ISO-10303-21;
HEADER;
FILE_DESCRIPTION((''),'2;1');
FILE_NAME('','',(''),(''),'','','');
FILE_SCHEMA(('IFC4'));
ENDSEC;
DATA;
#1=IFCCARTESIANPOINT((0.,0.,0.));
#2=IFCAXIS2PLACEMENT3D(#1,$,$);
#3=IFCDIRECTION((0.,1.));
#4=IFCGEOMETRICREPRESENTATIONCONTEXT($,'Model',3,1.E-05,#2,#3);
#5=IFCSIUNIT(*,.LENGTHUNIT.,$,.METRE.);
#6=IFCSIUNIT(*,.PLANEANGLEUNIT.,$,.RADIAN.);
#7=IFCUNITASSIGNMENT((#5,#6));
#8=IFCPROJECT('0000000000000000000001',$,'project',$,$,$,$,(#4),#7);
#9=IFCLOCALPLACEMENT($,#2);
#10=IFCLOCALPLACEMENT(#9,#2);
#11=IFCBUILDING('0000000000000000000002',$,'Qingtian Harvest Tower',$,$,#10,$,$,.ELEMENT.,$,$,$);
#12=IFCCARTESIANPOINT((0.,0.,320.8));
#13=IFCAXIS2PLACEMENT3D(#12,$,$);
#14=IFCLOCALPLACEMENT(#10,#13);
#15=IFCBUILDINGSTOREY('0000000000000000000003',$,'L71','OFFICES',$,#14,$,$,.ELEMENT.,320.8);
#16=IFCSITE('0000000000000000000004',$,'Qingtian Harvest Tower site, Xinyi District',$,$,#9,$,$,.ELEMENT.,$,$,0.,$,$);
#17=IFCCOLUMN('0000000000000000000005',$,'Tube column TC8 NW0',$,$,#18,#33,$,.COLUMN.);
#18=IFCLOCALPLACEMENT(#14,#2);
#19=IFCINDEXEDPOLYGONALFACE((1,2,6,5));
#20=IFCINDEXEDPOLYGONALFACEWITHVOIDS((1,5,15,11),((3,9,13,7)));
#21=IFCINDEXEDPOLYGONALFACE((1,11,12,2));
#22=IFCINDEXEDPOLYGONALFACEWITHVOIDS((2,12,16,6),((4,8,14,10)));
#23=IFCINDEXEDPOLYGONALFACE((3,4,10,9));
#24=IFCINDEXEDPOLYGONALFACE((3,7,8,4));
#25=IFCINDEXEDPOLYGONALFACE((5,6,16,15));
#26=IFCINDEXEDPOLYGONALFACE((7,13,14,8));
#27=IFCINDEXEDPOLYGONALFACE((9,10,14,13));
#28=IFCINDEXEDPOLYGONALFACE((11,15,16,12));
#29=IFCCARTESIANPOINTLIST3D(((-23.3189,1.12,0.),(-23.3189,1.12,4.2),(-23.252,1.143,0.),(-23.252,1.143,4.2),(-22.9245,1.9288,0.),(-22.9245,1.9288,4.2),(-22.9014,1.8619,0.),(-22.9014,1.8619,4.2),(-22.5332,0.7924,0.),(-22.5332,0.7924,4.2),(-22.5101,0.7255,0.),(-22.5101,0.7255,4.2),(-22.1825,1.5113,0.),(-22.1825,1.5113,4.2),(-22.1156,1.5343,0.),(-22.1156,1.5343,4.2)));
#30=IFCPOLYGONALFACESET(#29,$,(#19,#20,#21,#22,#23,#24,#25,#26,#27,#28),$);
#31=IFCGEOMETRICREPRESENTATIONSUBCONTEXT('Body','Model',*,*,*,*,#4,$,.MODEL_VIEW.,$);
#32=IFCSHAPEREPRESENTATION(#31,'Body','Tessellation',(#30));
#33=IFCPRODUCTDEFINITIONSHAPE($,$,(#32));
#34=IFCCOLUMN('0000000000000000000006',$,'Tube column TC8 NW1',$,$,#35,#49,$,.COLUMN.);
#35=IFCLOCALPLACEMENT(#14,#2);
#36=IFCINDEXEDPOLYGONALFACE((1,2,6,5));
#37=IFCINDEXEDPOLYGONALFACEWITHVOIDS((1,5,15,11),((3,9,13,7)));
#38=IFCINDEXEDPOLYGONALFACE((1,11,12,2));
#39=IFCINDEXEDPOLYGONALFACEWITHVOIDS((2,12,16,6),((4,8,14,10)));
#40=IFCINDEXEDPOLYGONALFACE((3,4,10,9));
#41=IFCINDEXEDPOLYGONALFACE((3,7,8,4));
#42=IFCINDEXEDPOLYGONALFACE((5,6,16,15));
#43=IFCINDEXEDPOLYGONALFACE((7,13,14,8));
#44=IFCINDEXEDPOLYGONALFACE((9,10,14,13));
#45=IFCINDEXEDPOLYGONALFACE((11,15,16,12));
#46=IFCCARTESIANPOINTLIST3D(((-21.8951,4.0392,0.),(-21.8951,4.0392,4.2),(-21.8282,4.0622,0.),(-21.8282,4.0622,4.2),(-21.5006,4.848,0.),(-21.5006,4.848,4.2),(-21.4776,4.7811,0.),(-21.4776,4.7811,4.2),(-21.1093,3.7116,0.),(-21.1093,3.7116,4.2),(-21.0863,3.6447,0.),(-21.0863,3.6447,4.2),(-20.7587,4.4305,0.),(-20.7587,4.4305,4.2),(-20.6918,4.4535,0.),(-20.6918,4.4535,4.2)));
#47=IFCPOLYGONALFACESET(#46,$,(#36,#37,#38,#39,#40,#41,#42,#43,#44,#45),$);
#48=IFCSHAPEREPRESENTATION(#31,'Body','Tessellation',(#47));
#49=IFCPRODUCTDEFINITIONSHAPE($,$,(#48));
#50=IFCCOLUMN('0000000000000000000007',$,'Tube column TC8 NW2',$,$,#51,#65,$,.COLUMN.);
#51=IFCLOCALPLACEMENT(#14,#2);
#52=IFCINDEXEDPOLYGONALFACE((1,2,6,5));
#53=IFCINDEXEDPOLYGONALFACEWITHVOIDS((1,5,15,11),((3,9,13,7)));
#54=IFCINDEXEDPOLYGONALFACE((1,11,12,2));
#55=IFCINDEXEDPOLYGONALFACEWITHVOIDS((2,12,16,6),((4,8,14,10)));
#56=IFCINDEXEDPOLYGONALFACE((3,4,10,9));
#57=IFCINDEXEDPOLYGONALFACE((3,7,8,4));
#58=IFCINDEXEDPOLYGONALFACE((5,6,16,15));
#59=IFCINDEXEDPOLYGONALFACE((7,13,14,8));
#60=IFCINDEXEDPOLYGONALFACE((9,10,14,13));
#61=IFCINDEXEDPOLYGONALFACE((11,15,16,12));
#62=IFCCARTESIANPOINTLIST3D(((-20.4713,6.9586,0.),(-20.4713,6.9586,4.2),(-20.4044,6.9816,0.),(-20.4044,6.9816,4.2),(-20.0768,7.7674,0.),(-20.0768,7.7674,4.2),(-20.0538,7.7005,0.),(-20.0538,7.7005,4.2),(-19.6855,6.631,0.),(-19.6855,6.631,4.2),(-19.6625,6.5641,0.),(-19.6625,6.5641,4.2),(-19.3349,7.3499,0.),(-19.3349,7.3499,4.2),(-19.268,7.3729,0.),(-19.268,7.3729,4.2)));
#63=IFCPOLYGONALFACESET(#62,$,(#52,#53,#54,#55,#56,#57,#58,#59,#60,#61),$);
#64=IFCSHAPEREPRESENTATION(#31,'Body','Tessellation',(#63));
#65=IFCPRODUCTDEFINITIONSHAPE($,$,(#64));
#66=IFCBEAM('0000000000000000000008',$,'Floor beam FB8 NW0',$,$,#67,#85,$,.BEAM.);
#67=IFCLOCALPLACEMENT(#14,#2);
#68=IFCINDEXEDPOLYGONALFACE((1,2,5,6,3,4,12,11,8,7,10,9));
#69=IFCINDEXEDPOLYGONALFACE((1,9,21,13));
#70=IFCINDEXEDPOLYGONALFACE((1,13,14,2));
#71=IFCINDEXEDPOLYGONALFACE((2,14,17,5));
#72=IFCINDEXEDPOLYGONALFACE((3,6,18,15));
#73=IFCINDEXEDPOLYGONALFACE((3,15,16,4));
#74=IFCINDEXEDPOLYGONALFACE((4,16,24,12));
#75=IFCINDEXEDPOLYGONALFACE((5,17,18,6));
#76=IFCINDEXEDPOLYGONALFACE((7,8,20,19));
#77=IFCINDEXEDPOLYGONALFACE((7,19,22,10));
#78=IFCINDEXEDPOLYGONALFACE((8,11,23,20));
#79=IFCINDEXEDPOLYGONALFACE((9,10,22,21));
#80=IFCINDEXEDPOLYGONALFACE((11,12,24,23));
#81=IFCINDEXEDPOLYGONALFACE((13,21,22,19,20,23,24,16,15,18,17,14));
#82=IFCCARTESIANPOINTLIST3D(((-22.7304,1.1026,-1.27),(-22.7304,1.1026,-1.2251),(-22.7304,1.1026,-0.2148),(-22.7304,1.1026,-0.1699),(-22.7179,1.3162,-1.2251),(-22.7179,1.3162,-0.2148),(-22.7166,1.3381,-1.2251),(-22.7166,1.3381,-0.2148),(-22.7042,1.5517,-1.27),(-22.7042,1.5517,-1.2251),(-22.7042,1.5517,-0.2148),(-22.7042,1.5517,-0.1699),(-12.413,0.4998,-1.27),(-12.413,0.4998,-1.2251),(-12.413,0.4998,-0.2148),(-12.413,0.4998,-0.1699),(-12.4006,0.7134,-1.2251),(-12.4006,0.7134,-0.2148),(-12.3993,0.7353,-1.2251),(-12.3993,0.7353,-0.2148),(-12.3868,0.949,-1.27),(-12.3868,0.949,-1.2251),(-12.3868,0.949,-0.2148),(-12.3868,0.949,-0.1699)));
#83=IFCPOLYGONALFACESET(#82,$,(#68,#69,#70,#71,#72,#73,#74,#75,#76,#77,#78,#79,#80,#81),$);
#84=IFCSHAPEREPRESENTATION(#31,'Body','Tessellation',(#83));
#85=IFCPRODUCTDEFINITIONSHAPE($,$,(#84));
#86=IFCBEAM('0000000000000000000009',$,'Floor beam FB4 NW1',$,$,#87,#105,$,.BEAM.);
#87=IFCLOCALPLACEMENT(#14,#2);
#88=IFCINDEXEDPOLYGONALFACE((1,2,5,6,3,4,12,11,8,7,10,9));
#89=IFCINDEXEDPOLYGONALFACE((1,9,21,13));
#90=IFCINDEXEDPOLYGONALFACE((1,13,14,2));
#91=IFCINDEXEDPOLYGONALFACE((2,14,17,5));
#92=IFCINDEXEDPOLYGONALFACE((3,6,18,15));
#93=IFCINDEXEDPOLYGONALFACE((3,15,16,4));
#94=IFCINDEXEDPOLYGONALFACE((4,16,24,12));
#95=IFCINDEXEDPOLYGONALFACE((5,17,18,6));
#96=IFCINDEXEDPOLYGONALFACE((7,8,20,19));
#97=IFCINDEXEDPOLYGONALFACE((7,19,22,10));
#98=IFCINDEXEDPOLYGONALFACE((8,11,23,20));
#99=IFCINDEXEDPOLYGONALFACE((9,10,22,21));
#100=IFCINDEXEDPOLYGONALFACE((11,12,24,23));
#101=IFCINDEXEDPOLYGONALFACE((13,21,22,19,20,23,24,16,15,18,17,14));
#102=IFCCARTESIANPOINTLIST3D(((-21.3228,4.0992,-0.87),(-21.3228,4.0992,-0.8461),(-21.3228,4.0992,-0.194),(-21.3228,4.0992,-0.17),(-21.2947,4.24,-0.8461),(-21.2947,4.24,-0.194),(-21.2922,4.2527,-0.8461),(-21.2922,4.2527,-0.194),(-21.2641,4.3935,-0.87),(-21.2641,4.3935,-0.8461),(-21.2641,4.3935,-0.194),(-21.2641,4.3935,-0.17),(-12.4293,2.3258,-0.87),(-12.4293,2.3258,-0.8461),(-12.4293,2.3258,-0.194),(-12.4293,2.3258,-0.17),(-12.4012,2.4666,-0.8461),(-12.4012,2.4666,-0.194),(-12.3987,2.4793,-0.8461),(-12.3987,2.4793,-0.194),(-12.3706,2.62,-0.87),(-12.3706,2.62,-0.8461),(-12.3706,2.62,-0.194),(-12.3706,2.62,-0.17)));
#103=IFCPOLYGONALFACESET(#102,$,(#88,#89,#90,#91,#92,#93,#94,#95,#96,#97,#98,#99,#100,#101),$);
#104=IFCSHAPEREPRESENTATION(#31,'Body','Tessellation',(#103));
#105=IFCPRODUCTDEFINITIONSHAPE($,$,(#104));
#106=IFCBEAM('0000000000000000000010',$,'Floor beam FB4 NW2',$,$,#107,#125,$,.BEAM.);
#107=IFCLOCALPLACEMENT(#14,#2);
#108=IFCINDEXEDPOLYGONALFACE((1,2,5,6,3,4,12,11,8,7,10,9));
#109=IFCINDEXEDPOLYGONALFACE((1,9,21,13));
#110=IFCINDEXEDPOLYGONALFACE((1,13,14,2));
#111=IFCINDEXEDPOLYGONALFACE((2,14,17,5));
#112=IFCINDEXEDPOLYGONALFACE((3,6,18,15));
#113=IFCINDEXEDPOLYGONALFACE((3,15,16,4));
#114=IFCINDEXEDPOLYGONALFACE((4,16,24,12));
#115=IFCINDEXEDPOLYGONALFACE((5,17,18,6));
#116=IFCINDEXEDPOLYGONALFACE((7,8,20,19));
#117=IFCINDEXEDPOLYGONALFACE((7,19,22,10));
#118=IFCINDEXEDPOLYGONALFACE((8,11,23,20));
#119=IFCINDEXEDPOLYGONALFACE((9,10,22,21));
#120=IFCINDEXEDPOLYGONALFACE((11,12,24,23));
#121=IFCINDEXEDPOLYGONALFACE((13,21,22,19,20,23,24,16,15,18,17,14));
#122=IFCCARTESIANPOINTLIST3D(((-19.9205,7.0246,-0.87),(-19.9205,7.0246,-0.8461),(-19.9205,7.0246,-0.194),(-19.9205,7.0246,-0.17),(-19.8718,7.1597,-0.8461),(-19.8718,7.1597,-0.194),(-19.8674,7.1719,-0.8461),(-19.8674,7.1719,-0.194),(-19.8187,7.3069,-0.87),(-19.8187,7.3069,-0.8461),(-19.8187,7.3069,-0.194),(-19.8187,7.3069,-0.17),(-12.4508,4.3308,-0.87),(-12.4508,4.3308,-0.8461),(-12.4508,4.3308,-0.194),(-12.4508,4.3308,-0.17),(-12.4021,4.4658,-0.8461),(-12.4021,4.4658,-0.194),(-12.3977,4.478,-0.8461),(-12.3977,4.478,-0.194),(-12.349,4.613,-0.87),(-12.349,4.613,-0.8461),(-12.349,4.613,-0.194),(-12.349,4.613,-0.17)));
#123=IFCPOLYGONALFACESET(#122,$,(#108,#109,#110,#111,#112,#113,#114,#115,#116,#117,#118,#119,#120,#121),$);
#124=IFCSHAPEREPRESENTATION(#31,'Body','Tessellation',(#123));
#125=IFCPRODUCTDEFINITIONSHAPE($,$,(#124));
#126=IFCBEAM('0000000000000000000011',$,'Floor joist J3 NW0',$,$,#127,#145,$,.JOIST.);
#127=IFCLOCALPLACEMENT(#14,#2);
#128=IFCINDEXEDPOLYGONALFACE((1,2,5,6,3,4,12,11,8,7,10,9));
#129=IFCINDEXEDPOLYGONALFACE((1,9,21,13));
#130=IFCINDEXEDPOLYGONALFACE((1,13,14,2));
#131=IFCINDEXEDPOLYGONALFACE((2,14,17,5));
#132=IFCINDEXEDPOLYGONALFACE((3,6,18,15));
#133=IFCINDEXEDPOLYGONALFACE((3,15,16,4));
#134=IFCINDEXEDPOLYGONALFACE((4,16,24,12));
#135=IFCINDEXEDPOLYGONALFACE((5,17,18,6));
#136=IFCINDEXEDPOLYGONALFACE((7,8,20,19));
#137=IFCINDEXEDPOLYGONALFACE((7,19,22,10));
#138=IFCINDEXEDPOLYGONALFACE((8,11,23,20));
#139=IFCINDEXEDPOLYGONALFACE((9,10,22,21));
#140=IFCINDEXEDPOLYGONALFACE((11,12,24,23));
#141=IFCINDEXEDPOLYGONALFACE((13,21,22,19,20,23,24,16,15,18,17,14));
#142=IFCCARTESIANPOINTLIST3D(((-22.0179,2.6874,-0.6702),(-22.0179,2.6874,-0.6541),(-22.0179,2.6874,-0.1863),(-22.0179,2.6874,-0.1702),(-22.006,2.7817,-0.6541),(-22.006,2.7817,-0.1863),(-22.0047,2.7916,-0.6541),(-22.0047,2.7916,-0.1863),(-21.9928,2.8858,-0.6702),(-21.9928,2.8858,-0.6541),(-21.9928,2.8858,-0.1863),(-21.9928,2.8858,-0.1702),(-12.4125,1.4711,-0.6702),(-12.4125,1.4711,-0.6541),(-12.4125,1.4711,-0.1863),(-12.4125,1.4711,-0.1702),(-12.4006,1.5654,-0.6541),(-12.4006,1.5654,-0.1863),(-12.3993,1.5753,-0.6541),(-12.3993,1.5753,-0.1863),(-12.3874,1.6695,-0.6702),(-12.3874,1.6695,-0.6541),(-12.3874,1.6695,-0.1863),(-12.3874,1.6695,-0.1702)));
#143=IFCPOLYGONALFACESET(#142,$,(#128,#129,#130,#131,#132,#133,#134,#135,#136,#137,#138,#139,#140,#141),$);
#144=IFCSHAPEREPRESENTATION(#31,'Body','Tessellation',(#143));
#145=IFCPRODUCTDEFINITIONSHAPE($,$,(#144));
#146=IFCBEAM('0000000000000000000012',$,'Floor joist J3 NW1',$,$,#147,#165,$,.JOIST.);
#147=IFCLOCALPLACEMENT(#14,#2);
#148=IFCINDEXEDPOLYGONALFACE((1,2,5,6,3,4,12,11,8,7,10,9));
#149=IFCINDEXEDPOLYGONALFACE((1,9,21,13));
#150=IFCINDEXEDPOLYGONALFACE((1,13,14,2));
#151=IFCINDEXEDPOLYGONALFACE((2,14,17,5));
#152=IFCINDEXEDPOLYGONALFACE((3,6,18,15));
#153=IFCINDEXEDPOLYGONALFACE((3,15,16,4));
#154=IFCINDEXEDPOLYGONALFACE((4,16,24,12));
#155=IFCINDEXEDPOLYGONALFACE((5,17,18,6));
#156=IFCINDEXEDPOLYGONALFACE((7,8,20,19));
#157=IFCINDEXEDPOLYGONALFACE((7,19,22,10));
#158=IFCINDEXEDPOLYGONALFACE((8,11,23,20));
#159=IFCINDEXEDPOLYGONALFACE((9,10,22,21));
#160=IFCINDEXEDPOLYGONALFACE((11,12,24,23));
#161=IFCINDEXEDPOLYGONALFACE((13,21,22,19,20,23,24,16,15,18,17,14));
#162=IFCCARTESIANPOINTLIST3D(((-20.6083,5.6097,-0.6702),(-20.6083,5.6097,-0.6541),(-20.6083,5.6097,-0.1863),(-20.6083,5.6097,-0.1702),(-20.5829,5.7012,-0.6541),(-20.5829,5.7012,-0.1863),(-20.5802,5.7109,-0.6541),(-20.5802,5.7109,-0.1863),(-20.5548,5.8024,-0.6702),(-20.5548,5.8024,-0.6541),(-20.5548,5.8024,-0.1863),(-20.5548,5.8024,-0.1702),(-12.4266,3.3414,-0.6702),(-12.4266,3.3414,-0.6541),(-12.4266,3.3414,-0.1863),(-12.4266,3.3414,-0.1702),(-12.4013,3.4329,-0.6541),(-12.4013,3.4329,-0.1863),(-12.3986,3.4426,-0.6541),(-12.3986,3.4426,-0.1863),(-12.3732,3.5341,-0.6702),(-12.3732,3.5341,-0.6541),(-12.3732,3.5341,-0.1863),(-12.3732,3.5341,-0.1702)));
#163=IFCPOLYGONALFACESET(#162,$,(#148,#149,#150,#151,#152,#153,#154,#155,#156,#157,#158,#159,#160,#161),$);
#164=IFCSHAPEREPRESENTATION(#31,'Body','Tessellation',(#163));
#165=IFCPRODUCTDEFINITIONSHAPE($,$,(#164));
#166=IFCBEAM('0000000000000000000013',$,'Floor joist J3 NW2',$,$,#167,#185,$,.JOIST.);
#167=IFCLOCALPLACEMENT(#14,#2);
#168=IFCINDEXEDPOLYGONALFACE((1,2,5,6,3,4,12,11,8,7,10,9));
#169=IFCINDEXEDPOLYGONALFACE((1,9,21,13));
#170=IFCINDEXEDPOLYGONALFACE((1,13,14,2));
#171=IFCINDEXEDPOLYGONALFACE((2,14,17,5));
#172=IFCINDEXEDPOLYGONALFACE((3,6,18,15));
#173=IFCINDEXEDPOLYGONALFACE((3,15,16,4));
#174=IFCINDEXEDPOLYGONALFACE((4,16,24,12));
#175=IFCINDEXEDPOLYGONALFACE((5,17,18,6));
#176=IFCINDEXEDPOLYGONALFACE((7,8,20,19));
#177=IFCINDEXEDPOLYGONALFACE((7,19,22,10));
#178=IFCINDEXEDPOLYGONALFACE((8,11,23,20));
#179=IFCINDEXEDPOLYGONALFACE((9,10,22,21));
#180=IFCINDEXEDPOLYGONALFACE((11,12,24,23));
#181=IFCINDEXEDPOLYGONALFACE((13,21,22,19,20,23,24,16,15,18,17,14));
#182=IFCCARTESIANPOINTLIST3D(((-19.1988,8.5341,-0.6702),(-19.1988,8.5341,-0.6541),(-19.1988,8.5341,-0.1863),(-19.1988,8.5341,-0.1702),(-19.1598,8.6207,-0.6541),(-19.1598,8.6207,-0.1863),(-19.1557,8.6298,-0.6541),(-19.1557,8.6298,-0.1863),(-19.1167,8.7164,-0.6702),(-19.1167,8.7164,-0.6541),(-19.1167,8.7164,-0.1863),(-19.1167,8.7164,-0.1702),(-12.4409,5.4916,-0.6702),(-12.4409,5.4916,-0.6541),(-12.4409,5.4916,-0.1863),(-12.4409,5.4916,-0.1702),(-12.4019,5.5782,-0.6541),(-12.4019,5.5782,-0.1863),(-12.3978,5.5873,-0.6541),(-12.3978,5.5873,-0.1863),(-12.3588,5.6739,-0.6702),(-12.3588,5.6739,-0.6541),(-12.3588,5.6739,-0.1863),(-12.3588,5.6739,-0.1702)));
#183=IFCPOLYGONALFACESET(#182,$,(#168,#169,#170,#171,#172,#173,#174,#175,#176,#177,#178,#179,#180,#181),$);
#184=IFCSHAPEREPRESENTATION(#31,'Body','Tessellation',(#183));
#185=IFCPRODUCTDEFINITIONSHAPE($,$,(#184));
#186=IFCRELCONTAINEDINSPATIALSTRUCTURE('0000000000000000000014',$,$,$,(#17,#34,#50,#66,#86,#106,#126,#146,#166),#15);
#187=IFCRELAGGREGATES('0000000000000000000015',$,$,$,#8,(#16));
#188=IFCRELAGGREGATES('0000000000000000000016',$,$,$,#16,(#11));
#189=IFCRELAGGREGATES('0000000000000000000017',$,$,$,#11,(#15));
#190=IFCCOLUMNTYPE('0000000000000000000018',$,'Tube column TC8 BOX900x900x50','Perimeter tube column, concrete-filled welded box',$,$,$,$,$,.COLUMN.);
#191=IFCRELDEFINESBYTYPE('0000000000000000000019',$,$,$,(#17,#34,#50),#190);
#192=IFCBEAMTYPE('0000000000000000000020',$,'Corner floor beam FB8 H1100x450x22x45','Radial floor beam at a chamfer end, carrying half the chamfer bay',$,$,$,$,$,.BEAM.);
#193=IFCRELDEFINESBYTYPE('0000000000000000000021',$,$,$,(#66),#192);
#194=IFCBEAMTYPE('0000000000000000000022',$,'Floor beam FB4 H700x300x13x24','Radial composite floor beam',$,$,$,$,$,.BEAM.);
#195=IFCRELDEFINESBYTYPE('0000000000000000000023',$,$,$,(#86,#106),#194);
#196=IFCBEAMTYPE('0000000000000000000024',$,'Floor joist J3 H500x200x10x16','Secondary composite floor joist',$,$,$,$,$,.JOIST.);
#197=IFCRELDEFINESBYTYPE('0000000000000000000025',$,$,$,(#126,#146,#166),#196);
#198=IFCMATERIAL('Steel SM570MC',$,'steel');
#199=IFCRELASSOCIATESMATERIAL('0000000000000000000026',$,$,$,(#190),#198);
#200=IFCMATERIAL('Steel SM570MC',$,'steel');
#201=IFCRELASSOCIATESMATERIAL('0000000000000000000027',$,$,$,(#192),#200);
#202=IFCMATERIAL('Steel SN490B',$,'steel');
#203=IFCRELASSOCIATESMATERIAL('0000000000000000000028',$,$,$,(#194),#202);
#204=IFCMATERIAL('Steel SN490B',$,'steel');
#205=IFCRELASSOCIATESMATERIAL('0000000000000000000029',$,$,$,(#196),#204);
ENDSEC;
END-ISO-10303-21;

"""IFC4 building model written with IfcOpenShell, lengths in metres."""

from ifc_helpers import new_model, si_unit, direction, frame, origin, origin_2d, place, context, subcontext, project, spatial, hollow_rectangle, i_section, extrude, material, material_profile, profile_set, type_object, element, save


model = new_model("IFC4")

# Units and contexts
model_context = context("Model", 3, precision=1e-05, world=origin(), true_north=direction((0.0, 1.0)))
body_context = subcontext(model_context, "Body", "Model", "MODEL_VIEW")
ifc_project = project(units=[si_unit("LENGTHUNIT", "METRE"), si_unit("PLANEANGLEUNIT", "RADIAN")], contexts=[model_context])

# Site, building, storey
site_placement = place(None, origin())
site = spatial("IfcSite", under=ifc_project, at=site_placement, Name="Qingtian Harvest Tower site, Xinyi District", CompositionType="ELEMENT", RefElevation=0.0)
building_placement = place(site_placement, origin())
building = spatial("IfcBuilding", under=site, at=building_placement, Name="Qingtian Harvest Tower", CompositionType="ELEMENT")
storey_placement = place(building_placement, frame((0.0, 0.0, 320.8)))
storey = spatial("IfcBuildingStorey", under=building, at=storey_placement, Name="L71", Description="OFFICES", CompositionType="ELEMENT", Elevation=320.8)

# Columns
ifc_material_1 = material(Name="Steel SM570MC", Category="steel")
ifc_material_profile_1 = material_profile(ifc_material_1, hollow_rectangle(XDim=0.8999, YDim=0.8999, WallThickness=0.05, at=origin_2d()), Name="BOX900x900x50")
ifc_profile_set_1 = profile_set([ifc_material_profile_1], Name="Steel SM570MC")
column_type = type_object("IfcColumnType", Name="Tube column TC8 BOX900x900x50", Description="Perimeter tube column, concrete-filled welded box", PredefinedType="COLUMN", material=ifc_profile_set_1)
for number, where, z_axis, x_axis, name in (
    (1, (-22.7173, 1.3271, 0.0), (0.0, 0.0, 1.0), (-0.438371, -0.898794, 0.0), "Tube column TC8 NW0"),
    (2, (-21.2935, 4.2463, 0.0), (0.0, 0.0, 1.0), (-0.438371, -0.898794, 0.0), "Tube column TC8 NW1"),
    (3, (-19.8696, 7.1658, 0.0), (0.0, 0.0, 1.0), (-0.438371, -0.898794, 0.0), "Tube column TC8 NW2"),
):
    element("IfcColumn", number, at=place(storey_placement, frame(where, z_axis=z_axis, x_axis=x_axis)), inside=storey, type_object=column_type, Name=name, PredefinedType="COLUMN", context=body_context, shape_type="SweptSolid", body=[
        extrude(hollow_rectangle(XDim=0.8999, YDim=0.8999, WallThickness=0.05, at=origin_2d()), origin(), (0.0, 0.0, 1.0), 4.2),
    ])

# Beams
ifc_material_2 = material(Name="Steel SM570MC", Category="steel")
ifc_material_profile_2 = material_profile(ifc_material_2, i_section(OverallWidth=0.45, OverallDepth=1.1001, WebThickness=0.022, FlangeThickness=0.0449, at=origin_2d()), Name="H1100x450x22x45")
ifc_profile_set_2 = profile_set([ifc_material_profile_2], Name="Steel SM570MC")
beam_type_1 = type_object("IfcBeamType", Name="Corner floor beam FB8 H1100x450x22x45", Description="Radial floor beam at a chamfer end, carrying half the chamfer bay", PredefinedType="BEAM", material=ifc_profile_set_2)
beam_1_placement = place(storey_placement, frame((-22.7173, 1.3271, -0.72), z_axis=(0.998298, -0.058325, 0.0), x_axis=(0.058325, 0.998298, 0.0)))
element("IfcBeam", 4, at=beam_1_placement, inside=storey, type_object=beam_type_1, Name="Floor beam FB8 NW0", PredefinedType="BEAM", context=body_context, shape_type="SweptSolid", body=[
    extrude(i_section(OverallWidth=0.45, OverallDepth=1.1001, WebThickness=0.022, FlangeThickness=0.0449, at=origin_2d()), origin(), (0.0, 0.0, 1.0), 10.335),
])
ifc_material_3 = material(Name="Steel SN490B", Category="steel")
ifc_material_profile_3 = material_profile(ifc_material_3, i_section(OverallWidth=0.3, OverallDepth=0.7, WebThickness=0.0129, FlangeThickness=0.0239, at=origin_2d()), Name="H700x300x13x24")
ifc_profile_set_3 = profile_set([ifc_material_profile_3], Name="Steel SN490B")
beam_type_2 = type_object("IfcBeamType", Name="Floor beam FB4 H700x300x13x24", Description="Radial composite floor beam", PredefinedType="BEAM", material=ifc_profile_set_3)
beam_2_placement = place(storey_placement, frame((-21.2935, 4.2463, -0.52), z_axis=(0.980692, -0.195557, 0.0), x_axis=(0.195557, 0.980692, 0.0)))
element("IfcBeam", 5, at=beam_2_placement, inside=storey, type_object=beam_type_2, Name="Floor beam FB4 NW1", PredefinedType="BEAM", context=body_context, shape_type="SweptSolid", body=[
    extrude(i_section(OverallWidth=0.3, OverallDepth=0.7, WebThickness=0.0129, FlangeThickness=0.0239, at=origin_2d()), origin(), (0.0, 0.0, 1.0), 9.0686),
])
beam_3_placement = place(storey_placement, frame((-19.8696, 7.1658, -0.52), z_axis=(0.940697, -0.339249, 0.0), x_axis=(0.339249, 0.940697, 0.0)))
element("IfcBeam", 6, at=beam_3_placement, inside=storey, type_object=beam_type_2, Name="Floor beam FB4 NW2", PredefinedType="BEAM", context=body_context, shape_type="SweptSolid", body=[
    extrude(i_section(OverallWidth=0.3, OverallDepth=0.7, WebThickness=0.0129, FlangeThickness=0.0239, at=origin_2d()), origin(), (0.0, 0.0, 1.0), 7.9407),
])
ifc_material_4 = material(Name="Steel SN490B", Category="steel")
ifc_material_profile_4 = material_profile(ifc_material_4, i_section(OverallWidth=0.2, OverallDepth=0.5, WebThickness=0.01, FlangeThickness=0.0161, at=origin_2d()), Name="H500x200x10x16")
ifc_profile_set_4 = profile_set([ifc_material_profile_4], Name="Steel SN490B")
beam_type_3 = type_object("IfcBeamType", Name="Floor joist J3 H500x200x10x16", Description="Secondary composite floor joist", PredefinedType="JOIST", material=ifc_profile_set_4)
beam_4_placement = place(storey_placement, frame((-22.0054, 2.7866, -0.4202), z_axis=(0.992078, -0.125624, 0.0), x_axis=(0.125624, 0.992078, 0.0)))
element("IfcBeam", 7, at=beam_4_placement, inside=storey, type_object=beam_type_3, Name="Floor joist J3 NW0", PredefinedType="JOIST", context=body_context, shape_type="SweptSolid", body=[
    extrude(i_section(OverallWidth=0.2, OverallDepth=0.5, WebThickness=0.01, FlangeThickness=0.0161, at=origin_2d()), origin(), (0.0, 0.0, 1.0), 9.6821),
])
beam_5_placement = place(storey_placement, frame((-20.5815, 5.7061, -0.4202), z_axis=(0.96365, -0.267166, 0.0), x_axis=(0.267166, 0.96365, 0.0)))
element("IfcBeam", 8, at=beam_5_placement, inside=storey, type_object=beam_type_3, Name="Floor joist J3 NW1", PredefinedType="JOIST", context=body_context, shape_type="SweptSolid", body=[
    extrude(i_section(OverallWidth=0.2, OverallDepth=0.5, WebThickness=0.01, FlangeThickness=0.0161, at=origin_2d()), origin(), (0.0, 0.0, 1.0), 8.4902),
])
beam_6_placement = place(storey_placement, frame((-19.1577, 8.6252, -0.4202), z_axis=(0.911848, -0.410529, 0.0), x_axis=(0.410529, 0.911848, 0.0)))
element("IfcBeam", 9, at=beam_6_placement, inside=storey, type_object=beam_type_3, Name="Floor joist J3 NW2", PredefinedType="JOIST", context=body_context, shape_type="SweptSolid", body=[
    extrude(i_section(OverallWidth=0.2, OverallDepth=0.5, WebThickness=0.01, FlangeThickness=0.0161, at=origin_2d()), origin(), (0.0, 0.0, 1.0), 7.4111),
])

save(model, "model.ifc")
